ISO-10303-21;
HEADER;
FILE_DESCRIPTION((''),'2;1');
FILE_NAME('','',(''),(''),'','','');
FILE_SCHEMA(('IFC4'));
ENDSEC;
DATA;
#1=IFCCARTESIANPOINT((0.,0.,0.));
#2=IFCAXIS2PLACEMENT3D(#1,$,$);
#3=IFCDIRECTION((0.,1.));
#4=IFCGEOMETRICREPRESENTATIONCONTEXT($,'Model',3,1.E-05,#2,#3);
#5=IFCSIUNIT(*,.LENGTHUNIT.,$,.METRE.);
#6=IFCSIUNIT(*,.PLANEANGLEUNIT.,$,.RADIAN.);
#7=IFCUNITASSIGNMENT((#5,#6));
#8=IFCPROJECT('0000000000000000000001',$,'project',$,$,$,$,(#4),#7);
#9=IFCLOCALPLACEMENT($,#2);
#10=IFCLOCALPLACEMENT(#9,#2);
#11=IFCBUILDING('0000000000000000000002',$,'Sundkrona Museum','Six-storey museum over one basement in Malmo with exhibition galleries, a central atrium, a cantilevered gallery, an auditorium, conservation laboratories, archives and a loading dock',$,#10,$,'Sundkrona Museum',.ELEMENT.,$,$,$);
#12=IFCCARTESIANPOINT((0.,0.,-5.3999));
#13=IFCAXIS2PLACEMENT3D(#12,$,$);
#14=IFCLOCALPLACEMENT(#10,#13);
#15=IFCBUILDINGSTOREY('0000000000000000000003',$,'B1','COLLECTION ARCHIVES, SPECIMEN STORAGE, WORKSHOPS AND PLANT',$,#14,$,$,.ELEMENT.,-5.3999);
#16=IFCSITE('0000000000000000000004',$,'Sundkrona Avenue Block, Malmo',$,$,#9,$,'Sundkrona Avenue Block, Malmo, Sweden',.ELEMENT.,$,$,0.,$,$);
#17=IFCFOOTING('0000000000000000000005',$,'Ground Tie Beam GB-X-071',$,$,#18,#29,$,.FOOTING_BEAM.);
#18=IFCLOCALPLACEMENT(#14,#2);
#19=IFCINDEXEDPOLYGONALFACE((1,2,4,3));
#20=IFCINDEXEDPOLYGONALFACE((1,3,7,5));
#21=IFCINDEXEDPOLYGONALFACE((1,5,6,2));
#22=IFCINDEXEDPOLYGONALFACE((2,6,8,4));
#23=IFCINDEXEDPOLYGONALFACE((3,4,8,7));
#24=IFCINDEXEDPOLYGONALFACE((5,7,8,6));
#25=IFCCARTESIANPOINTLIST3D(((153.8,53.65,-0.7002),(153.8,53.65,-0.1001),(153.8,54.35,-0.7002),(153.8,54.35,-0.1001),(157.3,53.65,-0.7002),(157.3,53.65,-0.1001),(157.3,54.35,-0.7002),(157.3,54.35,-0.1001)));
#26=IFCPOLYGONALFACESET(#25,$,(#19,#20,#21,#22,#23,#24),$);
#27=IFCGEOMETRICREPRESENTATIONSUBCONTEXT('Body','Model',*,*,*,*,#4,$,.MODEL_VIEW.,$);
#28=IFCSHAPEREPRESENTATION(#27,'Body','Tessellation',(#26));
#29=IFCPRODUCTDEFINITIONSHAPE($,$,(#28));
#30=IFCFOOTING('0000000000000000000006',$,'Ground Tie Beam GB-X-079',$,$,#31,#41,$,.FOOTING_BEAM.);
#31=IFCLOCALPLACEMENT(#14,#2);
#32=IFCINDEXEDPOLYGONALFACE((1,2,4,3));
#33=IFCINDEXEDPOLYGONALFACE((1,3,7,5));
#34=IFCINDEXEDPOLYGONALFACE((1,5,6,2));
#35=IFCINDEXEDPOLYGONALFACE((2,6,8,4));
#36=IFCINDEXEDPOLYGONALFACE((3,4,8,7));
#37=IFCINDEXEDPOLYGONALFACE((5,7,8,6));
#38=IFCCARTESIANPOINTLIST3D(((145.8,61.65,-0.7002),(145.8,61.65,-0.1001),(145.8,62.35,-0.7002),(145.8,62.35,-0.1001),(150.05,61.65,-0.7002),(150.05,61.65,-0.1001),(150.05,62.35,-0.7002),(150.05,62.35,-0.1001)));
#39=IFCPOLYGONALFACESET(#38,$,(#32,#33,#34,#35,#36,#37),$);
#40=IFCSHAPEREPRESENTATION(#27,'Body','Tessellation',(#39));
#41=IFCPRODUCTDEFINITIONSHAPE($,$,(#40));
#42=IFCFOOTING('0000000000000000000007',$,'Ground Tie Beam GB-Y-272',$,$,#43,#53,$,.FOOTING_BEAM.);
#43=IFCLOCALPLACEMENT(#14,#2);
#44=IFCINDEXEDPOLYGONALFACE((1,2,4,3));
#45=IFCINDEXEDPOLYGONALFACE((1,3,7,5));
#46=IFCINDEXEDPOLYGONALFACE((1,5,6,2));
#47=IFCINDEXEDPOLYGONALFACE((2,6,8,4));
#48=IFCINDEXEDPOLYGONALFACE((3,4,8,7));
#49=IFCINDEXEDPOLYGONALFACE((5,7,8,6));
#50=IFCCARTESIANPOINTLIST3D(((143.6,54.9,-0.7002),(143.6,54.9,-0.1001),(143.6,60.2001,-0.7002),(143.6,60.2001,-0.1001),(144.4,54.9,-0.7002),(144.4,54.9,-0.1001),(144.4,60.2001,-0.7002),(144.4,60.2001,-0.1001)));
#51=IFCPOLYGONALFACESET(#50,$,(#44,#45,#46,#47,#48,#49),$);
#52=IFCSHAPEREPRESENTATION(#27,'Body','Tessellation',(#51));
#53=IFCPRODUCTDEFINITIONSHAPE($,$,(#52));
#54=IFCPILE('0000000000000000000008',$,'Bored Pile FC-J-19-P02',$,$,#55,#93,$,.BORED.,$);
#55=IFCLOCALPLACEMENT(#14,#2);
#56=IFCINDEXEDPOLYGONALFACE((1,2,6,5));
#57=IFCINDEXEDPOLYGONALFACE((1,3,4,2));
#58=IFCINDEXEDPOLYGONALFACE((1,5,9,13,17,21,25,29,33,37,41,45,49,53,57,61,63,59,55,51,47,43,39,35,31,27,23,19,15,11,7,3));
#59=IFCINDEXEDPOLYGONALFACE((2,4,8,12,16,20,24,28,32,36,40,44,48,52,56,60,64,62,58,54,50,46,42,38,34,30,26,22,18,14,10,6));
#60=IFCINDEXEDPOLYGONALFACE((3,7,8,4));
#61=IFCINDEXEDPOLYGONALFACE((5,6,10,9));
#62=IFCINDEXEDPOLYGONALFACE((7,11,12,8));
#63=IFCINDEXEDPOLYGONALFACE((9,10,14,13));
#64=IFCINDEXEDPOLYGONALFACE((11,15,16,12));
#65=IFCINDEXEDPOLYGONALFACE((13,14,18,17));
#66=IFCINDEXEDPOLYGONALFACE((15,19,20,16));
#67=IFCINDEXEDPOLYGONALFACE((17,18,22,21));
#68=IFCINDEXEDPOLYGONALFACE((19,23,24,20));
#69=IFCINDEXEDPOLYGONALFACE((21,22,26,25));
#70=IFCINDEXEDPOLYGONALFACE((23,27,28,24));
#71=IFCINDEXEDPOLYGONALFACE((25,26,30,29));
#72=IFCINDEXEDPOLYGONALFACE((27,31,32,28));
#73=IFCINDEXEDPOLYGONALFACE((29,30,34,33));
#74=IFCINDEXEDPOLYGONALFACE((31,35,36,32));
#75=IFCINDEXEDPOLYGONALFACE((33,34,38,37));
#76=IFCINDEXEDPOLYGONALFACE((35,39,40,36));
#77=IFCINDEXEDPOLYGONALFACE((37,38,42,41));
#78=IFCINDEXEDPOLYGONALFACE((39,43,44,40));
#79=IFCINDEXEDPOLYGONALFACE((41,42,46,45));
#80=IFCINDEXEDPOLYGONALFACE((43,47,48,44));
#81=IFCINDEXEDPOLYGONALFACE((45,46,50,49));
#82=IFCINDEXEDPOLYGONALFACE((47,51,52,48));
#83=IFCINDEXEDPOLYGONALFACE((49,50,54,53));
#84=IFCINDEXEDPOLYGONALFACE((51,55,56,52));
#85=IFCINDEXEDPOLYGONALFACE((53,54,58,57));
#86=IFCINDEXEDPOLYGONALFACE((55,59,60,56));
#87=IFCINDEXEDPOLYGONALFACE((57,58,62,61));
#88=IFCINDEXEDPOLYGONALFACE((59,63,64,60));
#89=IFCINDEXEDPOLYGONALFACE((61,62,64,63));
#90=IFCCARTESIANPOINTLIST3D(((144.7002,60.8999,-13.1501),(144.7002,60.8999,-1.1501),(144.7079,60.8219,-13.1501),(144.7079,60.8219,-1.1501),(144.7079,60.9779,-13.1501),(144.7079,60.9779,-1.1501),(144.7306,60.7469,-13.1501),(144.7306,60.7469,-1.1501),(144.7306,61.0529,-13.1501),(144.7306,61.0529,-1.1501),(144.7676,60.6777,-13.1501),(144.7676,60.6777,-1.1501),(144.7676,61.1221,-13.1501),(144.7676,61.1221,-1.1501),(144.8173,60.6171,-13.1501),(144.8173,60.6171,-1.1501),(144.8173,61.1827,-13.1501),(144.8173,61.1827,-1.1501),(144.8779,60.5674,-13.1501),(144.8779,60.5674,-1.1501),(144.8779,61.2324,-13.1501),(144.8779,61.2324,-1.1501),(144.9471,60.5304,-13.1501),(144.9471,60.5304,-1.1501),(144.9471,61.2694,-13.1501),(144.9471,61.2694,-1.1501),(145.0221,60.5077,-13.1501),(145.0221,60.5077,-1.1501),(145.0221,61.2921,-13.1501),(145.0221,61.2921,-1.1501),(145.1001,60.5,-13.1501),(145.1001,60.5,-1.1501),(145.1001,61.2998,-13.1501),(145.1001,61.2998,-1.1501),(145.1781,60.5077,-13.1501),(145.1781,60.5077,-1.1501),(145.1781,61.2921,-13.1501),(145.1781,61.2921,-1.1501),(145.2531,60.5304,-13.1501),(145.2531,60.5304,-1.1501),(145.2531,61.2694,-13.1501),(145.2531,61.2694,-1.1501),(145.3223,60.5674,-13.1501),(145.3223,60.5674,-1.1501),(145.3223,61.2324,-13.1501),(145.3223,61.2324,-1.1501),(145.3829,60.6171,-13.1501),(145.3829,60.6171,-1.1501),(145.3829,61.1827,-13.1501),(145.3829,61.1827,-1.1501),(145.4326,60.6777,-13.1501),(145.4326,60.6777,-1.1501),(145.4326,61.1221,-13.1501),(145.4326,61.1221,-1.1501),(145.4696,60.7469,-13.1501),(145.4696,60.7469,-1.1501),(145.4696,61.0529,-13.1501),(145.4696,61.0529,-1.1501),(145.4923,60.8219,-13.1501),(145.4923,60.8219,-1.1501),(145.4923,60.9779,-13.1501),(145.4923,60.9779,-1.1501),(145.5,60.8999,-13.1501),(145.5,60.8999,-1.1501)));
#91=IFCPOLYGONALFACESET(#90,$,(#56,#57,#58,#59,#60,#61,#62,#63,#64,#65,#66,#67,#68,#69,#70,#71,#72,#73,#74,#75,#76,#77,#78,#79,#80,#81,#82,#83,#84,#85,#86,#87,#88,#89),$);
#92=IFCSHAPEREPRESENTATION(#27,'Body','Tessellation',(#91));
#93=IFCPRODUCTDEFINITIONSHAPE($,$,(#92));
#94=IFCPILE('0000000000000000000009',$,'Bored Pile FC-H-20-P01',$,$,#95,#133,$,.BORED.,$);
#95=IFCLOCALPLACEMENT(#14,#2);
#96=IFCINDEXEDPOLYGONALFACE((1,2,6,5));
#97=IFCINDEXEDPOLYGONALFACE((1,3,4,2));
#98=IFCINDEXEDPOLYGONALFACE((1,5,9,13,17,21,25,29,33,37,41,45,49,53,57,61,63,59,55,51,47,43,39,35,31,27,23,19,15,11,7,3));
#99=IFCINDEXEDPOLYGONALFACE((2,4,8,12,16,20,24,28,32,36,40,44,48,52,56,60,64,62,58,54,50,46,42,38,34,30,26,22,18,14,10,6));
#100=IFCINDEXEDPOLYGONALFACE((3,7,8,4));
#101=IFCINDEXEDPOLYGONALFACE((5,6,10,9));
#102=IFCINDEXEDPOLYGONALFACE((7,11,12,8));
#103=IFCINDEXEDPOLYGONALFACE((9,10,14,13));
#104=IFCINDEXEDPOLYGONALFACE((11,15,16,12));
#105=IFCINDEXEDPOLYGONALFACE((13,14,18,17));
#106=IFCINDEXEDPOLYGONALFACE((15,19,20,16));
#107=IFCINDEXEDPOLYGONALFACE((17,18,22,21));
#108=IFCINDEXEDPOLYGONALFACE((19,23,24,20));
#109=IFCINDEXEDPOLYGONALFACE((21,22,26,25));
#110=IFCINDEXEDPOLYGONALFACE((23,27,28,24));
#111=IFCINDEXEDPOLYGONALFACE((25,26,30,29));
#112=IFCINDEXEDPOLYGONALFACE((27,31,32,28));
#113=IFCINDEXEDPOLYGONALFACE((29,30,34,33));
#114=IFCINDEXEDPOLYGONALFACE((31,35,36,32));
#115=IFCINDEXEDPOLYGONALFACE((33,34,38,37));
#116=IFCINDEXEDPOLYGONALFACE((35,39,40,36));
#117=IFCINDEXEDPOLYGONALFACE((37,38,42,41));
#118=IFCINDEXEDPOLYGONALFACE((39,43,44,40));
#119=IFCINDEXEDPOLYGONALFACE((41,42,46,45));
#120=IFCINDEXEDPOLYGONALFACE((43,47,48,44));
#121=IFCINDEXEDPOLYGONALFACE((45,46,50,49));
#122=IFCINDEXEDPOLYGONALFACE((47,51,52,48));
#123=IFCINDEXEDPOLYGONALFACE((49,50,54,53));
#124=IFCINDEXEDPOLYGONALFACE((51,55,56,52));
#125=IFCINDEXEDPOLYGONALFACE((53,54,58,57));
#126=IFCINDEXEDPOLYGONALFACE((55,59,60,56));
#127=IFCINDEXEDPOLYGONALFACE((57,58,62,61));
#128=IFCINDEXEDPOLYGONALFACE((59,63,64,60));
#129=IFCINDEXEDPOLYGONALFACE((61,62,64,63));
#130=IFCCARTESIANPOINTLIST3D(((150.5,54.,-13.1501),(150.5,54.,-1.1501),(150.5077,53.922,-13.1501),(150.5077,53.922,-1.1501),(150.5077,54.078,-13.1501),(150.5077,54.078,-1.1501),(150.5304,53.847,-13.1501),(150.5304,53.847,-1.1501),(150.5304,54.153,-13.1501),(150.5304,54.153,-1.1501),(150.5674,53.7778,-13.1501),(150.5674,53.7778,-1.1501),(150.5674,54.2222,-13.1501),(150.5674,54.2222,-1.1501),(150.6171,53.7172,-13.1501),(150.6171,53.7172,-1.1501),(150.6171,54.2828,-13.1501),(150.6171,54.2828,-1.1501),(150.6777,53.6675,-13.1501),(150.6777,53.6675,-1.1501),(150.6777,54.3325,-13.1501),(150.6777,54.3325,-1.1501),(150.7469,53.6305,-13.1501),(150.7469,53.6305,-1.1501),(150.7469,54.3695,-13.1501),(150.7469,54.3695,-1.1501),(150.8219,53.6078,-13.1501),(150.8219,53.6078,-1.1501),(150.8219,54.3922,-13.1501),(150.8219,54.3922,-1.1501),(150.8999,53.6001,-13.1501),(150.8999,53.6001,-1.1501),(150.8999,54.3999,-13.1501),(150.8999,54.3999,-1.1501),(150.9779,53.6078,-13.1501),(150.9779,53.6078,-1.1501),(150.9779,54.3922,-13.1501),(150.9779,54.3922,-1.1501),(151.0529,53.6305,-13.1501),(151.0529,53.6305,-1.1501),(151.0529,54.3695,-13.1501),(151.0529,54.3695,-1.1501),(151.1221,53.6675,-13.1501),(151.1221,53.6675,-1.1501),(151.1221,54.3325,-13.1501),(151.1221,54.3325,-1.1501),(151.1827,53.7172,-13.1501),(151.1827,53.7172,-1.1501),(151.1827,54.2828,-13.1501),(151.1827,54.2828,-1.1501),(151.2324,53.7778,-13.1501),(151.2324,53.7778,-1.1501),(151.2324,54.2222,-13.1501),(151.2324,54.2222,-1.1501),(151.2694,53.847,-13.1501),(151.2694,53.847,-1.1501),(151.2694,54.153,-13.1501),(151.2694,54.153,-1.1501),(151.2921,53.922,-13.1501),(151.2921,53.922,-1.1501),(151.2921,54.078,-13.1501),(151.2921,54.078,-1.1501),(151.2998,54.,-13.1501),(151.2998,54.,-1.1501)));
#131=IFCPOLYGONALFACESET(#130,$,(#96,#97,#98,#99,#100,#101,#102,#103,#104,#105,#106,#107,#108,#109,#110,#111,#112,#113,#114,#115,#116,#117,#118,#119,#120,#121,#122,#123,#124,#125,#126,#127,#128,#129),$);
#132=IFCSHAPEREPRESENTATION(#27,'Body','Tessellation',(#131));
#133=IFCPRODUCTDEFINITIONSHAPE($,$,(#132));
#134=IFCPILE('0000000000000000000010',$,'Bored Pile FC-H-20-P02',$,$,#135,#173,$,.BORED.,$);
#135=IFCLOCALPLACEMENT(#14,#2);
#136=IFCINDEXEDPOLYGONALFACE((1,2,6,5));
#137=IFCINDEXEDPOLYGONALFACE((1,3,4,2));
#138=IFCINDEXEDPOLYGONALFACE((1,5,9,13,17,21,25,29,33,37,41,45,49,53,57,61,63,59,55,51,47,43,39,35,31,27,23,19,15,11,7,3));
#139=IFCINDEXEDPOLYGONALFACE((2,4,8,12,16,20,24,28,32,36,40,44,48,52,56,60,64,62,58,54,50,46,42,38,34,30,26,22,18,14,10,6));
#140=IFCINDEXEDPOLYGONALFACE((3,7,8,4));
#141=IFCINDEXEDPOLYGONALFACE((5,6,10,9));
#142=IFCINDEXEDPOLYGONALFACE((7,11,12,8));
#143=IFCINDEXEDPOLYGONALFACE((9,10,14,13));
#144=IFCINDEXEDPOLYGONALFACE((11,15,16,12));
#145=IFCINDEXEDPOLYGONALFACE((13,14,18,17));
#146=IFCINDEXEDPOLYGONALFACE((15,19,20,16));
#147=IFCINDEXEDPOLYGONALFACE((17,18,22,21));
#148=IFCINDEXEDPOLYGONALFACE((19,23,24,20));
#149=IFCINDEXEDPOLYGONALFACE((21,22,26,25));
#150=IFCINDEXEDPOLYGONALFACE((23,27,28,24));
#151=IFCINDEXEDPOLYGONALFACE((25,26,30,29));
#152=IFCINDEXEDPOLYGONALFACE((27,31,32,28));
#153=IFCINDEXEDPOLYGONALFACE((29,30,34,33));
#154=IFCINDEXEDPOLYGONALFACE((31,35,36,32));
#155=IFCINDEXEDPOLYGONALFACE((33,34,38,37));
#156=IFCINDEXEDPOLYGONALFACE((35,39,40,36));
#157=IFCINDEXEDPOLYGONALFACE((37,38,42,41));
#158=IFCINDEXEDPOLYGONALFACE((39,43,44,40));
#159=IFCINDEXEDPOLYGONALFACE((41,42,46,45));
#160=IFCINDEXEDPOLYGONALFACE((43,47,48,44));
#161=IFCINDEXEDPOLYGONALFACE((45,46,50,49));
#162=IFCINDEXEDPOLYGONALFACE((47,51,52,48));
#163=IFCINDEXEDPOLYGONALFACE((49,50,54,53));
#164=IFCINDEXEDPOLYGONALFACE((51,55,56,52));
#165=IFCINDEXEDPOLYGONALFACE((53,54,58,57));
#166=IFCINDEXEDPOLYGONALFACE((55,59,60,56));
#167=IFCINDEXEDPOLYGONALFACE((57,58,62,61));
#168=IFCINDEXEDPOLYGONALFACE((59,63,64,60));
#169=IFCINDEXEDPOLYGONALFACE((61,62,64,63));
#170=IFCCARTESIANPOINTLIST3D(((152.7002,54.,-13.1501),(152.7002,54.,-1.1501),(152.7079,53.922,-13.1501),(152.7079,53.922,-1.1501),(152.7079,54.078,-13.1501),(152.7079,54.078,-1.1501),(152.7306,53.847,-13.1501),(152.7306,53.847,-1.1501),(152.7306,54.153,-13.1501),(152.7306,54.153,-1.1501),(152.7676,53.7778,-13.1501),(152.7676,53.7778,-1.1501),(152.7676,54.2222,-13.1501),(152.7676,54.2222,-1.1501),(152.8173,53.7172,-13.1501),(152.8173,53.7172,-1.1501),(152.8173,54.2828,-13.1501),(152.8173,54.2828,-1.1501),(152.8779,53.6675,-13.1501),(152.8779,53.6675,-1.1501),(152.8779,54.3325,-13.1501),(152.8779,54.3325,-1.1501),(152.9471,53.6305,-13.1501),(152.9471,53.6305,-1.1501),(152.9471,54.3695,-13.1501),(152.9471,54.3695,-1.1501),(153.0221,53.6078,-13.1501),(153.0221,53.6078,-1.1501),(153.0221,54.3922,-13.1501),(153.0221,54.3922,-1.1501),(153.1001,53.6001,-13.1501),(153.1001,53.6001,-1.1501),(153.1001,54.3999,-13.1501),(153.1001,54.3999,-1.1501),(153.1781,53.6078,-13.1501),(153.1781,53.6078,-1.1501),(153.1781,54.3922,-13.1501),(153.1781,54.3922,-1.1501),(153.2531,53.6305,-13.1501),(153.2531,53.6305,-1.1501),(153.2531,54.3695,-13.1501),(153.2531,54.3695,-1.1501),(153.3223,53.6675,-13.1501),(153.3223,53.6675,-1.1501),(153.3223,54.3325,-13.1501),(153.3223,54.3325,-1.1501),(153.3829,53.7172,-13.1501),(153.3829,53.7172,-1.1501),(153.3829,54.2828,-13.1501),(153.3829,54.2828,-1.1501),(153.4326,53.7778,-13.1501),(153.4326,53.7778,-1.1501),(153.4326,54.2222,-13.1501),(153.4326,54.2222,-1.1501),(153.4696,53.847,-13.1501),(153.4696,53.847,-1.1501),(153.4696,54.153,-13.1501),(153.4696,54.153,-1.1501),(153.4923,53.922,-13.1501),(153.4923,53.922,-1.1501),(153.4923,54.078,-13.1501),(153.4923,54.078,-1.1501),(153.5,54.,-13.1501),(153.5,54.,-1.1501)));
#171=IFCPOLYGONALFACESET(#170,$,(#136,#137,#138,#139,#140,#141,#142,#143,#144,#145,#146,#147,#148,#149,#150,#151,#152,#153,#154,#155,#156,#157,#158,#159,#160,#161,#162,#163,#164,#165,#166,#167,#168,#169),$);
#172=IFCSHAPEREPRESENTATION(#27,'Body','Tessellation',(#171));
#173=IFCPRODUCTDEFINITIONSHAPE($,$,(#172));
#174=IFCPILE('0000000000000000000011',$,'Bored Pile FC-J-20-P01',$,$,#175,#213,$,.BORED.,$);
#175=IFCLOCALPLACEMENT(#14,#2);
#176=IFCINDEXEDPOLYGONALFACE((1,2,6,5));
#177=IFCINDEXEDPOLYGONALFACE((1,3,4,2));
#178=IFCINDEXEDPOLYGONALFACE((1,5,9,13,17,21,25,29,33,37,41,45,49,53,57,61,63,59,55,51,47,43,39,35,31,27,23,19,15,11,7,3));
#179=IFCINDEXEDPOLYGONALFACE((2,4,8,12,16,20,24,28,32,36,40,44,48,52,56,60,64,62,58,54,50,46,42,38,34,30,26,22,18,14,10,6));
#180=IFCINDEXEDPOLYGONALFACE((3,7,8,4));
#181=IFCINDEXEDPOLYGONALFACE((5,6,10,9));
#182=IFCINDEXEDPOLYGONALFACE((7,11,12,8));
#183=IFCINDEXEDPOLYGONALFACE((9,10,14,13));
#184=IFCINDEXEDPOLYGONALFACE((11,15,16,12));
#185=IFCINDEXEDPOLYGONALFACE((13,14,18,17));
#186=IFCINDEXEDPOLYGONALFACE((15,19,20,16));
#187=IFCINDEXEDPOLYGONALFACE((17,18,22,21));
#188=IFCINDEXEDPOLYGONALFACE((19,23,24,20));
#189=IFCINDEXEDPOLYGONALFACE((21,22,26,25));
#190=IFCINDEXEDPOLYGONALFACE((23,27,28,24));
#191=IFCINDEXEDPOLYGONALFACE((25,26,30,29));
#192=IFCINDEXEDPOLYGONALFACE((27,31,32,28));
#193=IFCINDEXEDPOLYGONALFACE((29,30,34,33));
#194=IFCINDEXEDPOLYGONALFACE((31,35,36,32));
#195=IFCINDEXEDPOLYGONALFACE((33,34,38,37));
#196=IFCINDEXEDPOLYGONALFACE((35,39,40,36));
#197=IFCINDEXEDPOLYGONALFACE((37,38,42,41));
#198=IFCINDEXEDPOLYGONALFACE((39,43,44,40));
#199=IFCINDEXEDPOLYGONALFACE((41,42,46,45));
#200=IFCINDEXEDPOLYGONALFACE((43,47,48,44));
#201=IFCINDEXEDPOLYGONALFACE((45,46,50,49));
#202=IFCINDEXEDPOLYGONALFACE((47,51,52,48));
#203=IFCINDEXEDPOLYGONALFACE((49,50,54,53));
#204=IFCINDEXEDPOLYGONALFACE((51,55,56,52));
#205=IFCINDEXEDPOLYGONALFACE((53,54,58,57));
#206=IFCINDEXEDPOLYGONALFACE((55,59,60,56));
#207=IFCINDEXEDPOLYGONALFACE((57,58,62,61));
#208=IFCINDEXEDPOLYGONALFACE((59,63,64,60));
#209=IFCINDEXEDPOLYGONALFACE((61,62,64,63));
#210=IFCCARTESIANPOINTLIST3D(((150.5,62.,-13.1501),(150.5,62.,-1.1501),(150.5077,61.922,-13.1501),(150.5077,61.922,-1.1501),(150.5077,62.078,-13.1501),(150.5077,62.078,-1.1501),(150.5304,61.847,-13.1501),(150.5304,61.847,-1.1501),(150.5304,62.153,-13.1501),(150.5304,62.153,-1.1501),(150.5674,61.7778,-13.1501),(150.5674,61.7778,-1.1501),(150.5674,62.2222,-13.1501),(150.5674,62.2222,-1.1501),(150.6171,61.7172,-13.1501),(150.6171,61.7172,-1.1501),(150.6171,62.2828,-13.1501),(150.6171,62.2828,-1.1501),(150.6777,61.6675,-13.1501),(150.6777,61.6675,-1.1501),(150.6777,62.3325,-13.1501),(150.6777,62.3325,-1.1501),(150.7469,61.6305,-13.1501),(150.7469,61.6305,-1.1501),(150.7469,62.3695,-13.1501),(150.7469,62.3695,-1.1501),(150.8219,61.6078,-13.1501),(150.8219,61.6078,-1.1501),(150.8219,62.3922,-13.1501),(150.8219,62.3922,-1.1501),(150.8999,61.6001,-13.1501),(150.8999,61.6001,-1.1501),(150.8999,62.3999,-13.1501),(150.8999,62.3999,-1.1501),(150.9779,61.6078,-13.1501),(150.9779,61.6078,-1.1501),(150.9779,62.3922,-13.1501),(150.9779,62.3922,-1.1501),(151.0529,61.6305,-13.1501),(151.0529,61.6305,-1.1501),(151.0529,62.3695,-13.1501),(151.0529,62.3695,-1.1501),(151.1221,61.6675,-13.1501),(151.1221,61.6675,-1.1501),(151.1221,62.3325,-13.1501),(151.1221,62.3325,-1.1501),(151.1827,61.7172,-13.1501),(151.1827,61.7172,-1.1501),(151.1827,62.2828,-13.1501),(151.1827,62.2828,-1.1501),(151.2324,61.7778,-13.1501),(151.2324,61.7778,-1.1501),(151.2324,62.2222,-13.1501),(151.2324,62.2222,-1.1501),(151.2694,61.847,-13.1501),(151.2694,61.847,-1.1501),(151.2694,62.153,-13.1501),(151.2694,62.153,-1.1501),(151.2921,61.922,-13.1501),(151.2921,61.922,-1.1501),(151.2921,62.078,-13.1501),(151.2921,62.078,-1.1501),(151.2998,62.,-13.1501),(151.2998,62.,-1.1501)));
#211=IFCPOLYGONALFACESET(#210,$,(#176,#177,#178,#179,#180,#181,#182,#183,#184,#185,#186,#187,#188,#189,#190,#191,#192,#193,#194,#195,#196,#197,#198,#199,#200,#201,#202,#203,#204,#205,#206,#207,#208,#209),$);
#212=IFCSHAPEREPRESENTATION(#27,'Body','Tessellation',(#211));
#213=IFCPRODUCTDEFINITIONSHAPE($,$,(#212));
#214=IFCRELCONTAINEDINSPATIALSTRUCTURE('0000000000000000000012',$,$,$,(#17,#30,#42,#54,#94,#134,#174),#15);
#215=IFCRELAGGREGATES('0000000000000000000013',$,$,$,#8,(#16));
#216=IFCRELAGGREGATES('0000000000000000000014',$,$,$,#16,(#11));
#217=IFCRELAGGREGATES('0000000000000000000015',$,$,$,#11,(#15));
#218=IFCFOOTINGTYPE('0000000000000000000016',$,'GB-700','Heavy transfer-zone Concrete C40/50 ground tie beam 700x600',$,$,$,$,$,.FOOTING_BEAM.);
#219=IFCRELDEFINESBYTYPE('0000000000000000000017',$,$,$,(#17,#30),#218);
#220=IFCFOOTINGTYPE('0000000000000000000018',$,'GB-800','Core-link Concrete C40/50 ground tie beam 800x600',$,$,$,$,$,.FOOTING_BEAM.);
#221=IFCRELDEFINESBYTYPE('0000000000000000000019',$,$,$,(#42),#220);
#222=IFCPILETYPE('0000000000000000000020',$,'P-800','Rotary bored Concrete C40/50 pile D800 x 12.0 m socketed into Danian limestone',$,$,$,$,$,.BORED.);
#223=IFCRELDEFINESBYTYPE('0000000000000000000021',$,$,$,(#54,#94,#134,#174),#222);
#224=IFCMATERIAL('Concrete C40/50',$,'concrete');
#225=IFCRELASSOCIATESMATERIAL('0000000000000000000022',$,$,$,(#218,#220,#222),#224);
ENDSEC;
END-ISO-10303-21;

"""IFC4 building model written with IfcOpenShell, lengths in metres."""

from ifc_helpers import new_model, si_unit, direction, frame, origin, origin_2d, place, context, subcontext, project, spatial, rectangle, circle, extrude, material, material_profile, profile_set, type_object, element, save


model = new_model("IFC4")

# Units and contexts
model_context = context("Model", 3, precision=1e-05, world=origin(), true_north=direction((0.0, 1.0)))
body_context = subcontext(model_context, "Body", "Model", "MODEL_VIEW")
ifc_project = project(units=[si_unit("LENGTHUNIT", "METRE"), si_unit("PLANEANGLEUNIT", "RADIAN")], contexts=[model_context])

# Site, building, storey
site_placement = place(None, origin())
site = spatial("IfcSite", under=ifc_project, at=site_placement, Name="Sundkrona Avenue Block, Malmo", LongName="Sundkrona Avenue Block, Malmo, Sweden", CompositionType="ELEMENT", RefElevation=0.0)
building_placement = place(site_placement, origin())
building = spatial("IfcBuilding", under=site, at=building_placement, Name="Sundkrona Museum", Description="Six-storey museum over one basement in Malmo with exhibition galleries, a central atrium, a cantilevered gallery, an auditorium, conservation laboratories, archives and a loading dock", LongName="Sundkrona Museum", CompositionType="ELEMENT")
storey_placement = place(building_placement, frame((0.0, 0.0, -5.3999)))
storey = spatial("IfcBuildingStorey", under=building, at=storey_placement, Name="B1", Description="COLLECTION ARCHIVES, SPECIMEN STORAGE, WORKSHOPS AND PLANT", CompositionType="ELEMENT", Elevation=-5.3999)

# Footings
ifc_material_1 = material(Name="Concrete C40/50", Category="concrete")
footing_type_1 = type_object("IfcFootingType", Name="GB-700", Description="Heavy transfer-zone Concrete C40/50 ground tie beam 700x600", PredefinedType="FOOTING_BEAM", material=ifc_material_1)
footing_1_placement = place(storey_placement, frame((155.55, 54.0, -0.7002), z_axis=(0.0, 0.0, 1.0), x_axis=(1.0, 0.0, 0.0)))
element("IfcFooting", 1, at=footing_1_placement, inside=storey, type_object=footing_type_1, Name="Ground Tie Beam GB-X-071", PredefinedType="FOOTING_BEAM", context=body_context, shape_type="SweptSolid", body=[
    extrude(rectangle(XDim=3.5, YDim=0.7, at=origin_2d()), origin(), (0.0, 0.0, 1.0), 0.6001),
])
footing_2_placement = place(storey_placement, frame((147.925, 62.0, -0.7002), z_axis=(0.0, 0.0, 1.0), x_axis=(1.0, 0.0, 0.0)))
element("IfcFooting", 2, at=footing_2_placement, inside=storey, type_object=footing_type_1, Name="Ground Tie Beam GB-X-079", PredefinedType="FOOTING_BEAM", context=body_context, shape_type="SweptSolid", body=[
    extrude(rectangle(XDim=4.25, YDim=0.7, at=origin_2d()), origin(), (0.0, 0.0, 1.0), 0.6001),
])
footing_type_2 = type_object("IfcFootingType", Name="GB-800", Description="Core-link Concrete C40/50 ground tie beam 800x600", PredefinedType="FOOTING_BEAM", material=ifc_material_1)
footing_3_placement = place(storey_placement, frame((144.0, 57.55, -0.7002), z_axis=(0.0, 0.0, 1.0), x_axis=(0.0, 1.0, 0.0)))
element("IfcFooting", 3, at=footing_3_placement, inside=storey, type_object=footing_type_2, Name="Ground Tie Beam GB-Y-272", PredefinedType="FOOTING_BEAM", context=body_context, shape_type="SweptSolid", body=[
    extrude(rectangle(XDim=5.3, YDim=0.8, at=origin_2d()), origin(), (0.0, 0.0, 1.0), 0.6001),
])

# Piles
ifc_material_profile_1 = material_profile(ifc_material_1, circle(Radius=0.3999, at=origin_2d()), Name="PILE D800")
ifc_profile_set_1 = profile_set([ifc_material_profile_1], Name="Concrete C40/50")
pile_type = type_object("IfcPileType", Name="P-800", Description="Rotary bored Concrete C40/50 pile D800 x 12.0 m socketed into Danian limestone", PredefinedType="BORED", material=ifc_profile_set_1)
for number, where, z_axis, x_axis, name in (
    (4, (145.1001, 60.8999, -1.1501), (0.0, 0.0, -1.0), (1.0, 0.0, 0.0), "Bored Pile FC-J-19-P02"),
    (5, (150.8999, 54.0, -1.1501), (0.0, 0.0, -1.0), (1.0, 0.0, 0.0), "Bored Pile FC-H-20-P01"),
    (6, (153.1001, 54.0, -1.1501), (0.0, 0.0, -1.0), (1.0, 0.0, 0.0), "Bored Pile FC-H-20-P02"),
    (7, (150.8999, 62.0, -1.1501), (0.0, 0.0, -1.0), (1.0, 0.0, 0.0), "Bored Pile FC-J-20-P01"),
):
    element("IfcPile", number, at=place(storey_placement, frame(where, z_axis=z_axis, x_axis=x_axis)), inside=storey, type_object=pile_type, Name=name, PredefinedType="BORED", context=body_context, shape_type="SweptSolid", body=[
        extrude(circle(Radius=0.3999, at=origin_2d()), origin(), (0.0, 0.0, 1.0), 12.0),
    ])

save(model, "model.ifc")
